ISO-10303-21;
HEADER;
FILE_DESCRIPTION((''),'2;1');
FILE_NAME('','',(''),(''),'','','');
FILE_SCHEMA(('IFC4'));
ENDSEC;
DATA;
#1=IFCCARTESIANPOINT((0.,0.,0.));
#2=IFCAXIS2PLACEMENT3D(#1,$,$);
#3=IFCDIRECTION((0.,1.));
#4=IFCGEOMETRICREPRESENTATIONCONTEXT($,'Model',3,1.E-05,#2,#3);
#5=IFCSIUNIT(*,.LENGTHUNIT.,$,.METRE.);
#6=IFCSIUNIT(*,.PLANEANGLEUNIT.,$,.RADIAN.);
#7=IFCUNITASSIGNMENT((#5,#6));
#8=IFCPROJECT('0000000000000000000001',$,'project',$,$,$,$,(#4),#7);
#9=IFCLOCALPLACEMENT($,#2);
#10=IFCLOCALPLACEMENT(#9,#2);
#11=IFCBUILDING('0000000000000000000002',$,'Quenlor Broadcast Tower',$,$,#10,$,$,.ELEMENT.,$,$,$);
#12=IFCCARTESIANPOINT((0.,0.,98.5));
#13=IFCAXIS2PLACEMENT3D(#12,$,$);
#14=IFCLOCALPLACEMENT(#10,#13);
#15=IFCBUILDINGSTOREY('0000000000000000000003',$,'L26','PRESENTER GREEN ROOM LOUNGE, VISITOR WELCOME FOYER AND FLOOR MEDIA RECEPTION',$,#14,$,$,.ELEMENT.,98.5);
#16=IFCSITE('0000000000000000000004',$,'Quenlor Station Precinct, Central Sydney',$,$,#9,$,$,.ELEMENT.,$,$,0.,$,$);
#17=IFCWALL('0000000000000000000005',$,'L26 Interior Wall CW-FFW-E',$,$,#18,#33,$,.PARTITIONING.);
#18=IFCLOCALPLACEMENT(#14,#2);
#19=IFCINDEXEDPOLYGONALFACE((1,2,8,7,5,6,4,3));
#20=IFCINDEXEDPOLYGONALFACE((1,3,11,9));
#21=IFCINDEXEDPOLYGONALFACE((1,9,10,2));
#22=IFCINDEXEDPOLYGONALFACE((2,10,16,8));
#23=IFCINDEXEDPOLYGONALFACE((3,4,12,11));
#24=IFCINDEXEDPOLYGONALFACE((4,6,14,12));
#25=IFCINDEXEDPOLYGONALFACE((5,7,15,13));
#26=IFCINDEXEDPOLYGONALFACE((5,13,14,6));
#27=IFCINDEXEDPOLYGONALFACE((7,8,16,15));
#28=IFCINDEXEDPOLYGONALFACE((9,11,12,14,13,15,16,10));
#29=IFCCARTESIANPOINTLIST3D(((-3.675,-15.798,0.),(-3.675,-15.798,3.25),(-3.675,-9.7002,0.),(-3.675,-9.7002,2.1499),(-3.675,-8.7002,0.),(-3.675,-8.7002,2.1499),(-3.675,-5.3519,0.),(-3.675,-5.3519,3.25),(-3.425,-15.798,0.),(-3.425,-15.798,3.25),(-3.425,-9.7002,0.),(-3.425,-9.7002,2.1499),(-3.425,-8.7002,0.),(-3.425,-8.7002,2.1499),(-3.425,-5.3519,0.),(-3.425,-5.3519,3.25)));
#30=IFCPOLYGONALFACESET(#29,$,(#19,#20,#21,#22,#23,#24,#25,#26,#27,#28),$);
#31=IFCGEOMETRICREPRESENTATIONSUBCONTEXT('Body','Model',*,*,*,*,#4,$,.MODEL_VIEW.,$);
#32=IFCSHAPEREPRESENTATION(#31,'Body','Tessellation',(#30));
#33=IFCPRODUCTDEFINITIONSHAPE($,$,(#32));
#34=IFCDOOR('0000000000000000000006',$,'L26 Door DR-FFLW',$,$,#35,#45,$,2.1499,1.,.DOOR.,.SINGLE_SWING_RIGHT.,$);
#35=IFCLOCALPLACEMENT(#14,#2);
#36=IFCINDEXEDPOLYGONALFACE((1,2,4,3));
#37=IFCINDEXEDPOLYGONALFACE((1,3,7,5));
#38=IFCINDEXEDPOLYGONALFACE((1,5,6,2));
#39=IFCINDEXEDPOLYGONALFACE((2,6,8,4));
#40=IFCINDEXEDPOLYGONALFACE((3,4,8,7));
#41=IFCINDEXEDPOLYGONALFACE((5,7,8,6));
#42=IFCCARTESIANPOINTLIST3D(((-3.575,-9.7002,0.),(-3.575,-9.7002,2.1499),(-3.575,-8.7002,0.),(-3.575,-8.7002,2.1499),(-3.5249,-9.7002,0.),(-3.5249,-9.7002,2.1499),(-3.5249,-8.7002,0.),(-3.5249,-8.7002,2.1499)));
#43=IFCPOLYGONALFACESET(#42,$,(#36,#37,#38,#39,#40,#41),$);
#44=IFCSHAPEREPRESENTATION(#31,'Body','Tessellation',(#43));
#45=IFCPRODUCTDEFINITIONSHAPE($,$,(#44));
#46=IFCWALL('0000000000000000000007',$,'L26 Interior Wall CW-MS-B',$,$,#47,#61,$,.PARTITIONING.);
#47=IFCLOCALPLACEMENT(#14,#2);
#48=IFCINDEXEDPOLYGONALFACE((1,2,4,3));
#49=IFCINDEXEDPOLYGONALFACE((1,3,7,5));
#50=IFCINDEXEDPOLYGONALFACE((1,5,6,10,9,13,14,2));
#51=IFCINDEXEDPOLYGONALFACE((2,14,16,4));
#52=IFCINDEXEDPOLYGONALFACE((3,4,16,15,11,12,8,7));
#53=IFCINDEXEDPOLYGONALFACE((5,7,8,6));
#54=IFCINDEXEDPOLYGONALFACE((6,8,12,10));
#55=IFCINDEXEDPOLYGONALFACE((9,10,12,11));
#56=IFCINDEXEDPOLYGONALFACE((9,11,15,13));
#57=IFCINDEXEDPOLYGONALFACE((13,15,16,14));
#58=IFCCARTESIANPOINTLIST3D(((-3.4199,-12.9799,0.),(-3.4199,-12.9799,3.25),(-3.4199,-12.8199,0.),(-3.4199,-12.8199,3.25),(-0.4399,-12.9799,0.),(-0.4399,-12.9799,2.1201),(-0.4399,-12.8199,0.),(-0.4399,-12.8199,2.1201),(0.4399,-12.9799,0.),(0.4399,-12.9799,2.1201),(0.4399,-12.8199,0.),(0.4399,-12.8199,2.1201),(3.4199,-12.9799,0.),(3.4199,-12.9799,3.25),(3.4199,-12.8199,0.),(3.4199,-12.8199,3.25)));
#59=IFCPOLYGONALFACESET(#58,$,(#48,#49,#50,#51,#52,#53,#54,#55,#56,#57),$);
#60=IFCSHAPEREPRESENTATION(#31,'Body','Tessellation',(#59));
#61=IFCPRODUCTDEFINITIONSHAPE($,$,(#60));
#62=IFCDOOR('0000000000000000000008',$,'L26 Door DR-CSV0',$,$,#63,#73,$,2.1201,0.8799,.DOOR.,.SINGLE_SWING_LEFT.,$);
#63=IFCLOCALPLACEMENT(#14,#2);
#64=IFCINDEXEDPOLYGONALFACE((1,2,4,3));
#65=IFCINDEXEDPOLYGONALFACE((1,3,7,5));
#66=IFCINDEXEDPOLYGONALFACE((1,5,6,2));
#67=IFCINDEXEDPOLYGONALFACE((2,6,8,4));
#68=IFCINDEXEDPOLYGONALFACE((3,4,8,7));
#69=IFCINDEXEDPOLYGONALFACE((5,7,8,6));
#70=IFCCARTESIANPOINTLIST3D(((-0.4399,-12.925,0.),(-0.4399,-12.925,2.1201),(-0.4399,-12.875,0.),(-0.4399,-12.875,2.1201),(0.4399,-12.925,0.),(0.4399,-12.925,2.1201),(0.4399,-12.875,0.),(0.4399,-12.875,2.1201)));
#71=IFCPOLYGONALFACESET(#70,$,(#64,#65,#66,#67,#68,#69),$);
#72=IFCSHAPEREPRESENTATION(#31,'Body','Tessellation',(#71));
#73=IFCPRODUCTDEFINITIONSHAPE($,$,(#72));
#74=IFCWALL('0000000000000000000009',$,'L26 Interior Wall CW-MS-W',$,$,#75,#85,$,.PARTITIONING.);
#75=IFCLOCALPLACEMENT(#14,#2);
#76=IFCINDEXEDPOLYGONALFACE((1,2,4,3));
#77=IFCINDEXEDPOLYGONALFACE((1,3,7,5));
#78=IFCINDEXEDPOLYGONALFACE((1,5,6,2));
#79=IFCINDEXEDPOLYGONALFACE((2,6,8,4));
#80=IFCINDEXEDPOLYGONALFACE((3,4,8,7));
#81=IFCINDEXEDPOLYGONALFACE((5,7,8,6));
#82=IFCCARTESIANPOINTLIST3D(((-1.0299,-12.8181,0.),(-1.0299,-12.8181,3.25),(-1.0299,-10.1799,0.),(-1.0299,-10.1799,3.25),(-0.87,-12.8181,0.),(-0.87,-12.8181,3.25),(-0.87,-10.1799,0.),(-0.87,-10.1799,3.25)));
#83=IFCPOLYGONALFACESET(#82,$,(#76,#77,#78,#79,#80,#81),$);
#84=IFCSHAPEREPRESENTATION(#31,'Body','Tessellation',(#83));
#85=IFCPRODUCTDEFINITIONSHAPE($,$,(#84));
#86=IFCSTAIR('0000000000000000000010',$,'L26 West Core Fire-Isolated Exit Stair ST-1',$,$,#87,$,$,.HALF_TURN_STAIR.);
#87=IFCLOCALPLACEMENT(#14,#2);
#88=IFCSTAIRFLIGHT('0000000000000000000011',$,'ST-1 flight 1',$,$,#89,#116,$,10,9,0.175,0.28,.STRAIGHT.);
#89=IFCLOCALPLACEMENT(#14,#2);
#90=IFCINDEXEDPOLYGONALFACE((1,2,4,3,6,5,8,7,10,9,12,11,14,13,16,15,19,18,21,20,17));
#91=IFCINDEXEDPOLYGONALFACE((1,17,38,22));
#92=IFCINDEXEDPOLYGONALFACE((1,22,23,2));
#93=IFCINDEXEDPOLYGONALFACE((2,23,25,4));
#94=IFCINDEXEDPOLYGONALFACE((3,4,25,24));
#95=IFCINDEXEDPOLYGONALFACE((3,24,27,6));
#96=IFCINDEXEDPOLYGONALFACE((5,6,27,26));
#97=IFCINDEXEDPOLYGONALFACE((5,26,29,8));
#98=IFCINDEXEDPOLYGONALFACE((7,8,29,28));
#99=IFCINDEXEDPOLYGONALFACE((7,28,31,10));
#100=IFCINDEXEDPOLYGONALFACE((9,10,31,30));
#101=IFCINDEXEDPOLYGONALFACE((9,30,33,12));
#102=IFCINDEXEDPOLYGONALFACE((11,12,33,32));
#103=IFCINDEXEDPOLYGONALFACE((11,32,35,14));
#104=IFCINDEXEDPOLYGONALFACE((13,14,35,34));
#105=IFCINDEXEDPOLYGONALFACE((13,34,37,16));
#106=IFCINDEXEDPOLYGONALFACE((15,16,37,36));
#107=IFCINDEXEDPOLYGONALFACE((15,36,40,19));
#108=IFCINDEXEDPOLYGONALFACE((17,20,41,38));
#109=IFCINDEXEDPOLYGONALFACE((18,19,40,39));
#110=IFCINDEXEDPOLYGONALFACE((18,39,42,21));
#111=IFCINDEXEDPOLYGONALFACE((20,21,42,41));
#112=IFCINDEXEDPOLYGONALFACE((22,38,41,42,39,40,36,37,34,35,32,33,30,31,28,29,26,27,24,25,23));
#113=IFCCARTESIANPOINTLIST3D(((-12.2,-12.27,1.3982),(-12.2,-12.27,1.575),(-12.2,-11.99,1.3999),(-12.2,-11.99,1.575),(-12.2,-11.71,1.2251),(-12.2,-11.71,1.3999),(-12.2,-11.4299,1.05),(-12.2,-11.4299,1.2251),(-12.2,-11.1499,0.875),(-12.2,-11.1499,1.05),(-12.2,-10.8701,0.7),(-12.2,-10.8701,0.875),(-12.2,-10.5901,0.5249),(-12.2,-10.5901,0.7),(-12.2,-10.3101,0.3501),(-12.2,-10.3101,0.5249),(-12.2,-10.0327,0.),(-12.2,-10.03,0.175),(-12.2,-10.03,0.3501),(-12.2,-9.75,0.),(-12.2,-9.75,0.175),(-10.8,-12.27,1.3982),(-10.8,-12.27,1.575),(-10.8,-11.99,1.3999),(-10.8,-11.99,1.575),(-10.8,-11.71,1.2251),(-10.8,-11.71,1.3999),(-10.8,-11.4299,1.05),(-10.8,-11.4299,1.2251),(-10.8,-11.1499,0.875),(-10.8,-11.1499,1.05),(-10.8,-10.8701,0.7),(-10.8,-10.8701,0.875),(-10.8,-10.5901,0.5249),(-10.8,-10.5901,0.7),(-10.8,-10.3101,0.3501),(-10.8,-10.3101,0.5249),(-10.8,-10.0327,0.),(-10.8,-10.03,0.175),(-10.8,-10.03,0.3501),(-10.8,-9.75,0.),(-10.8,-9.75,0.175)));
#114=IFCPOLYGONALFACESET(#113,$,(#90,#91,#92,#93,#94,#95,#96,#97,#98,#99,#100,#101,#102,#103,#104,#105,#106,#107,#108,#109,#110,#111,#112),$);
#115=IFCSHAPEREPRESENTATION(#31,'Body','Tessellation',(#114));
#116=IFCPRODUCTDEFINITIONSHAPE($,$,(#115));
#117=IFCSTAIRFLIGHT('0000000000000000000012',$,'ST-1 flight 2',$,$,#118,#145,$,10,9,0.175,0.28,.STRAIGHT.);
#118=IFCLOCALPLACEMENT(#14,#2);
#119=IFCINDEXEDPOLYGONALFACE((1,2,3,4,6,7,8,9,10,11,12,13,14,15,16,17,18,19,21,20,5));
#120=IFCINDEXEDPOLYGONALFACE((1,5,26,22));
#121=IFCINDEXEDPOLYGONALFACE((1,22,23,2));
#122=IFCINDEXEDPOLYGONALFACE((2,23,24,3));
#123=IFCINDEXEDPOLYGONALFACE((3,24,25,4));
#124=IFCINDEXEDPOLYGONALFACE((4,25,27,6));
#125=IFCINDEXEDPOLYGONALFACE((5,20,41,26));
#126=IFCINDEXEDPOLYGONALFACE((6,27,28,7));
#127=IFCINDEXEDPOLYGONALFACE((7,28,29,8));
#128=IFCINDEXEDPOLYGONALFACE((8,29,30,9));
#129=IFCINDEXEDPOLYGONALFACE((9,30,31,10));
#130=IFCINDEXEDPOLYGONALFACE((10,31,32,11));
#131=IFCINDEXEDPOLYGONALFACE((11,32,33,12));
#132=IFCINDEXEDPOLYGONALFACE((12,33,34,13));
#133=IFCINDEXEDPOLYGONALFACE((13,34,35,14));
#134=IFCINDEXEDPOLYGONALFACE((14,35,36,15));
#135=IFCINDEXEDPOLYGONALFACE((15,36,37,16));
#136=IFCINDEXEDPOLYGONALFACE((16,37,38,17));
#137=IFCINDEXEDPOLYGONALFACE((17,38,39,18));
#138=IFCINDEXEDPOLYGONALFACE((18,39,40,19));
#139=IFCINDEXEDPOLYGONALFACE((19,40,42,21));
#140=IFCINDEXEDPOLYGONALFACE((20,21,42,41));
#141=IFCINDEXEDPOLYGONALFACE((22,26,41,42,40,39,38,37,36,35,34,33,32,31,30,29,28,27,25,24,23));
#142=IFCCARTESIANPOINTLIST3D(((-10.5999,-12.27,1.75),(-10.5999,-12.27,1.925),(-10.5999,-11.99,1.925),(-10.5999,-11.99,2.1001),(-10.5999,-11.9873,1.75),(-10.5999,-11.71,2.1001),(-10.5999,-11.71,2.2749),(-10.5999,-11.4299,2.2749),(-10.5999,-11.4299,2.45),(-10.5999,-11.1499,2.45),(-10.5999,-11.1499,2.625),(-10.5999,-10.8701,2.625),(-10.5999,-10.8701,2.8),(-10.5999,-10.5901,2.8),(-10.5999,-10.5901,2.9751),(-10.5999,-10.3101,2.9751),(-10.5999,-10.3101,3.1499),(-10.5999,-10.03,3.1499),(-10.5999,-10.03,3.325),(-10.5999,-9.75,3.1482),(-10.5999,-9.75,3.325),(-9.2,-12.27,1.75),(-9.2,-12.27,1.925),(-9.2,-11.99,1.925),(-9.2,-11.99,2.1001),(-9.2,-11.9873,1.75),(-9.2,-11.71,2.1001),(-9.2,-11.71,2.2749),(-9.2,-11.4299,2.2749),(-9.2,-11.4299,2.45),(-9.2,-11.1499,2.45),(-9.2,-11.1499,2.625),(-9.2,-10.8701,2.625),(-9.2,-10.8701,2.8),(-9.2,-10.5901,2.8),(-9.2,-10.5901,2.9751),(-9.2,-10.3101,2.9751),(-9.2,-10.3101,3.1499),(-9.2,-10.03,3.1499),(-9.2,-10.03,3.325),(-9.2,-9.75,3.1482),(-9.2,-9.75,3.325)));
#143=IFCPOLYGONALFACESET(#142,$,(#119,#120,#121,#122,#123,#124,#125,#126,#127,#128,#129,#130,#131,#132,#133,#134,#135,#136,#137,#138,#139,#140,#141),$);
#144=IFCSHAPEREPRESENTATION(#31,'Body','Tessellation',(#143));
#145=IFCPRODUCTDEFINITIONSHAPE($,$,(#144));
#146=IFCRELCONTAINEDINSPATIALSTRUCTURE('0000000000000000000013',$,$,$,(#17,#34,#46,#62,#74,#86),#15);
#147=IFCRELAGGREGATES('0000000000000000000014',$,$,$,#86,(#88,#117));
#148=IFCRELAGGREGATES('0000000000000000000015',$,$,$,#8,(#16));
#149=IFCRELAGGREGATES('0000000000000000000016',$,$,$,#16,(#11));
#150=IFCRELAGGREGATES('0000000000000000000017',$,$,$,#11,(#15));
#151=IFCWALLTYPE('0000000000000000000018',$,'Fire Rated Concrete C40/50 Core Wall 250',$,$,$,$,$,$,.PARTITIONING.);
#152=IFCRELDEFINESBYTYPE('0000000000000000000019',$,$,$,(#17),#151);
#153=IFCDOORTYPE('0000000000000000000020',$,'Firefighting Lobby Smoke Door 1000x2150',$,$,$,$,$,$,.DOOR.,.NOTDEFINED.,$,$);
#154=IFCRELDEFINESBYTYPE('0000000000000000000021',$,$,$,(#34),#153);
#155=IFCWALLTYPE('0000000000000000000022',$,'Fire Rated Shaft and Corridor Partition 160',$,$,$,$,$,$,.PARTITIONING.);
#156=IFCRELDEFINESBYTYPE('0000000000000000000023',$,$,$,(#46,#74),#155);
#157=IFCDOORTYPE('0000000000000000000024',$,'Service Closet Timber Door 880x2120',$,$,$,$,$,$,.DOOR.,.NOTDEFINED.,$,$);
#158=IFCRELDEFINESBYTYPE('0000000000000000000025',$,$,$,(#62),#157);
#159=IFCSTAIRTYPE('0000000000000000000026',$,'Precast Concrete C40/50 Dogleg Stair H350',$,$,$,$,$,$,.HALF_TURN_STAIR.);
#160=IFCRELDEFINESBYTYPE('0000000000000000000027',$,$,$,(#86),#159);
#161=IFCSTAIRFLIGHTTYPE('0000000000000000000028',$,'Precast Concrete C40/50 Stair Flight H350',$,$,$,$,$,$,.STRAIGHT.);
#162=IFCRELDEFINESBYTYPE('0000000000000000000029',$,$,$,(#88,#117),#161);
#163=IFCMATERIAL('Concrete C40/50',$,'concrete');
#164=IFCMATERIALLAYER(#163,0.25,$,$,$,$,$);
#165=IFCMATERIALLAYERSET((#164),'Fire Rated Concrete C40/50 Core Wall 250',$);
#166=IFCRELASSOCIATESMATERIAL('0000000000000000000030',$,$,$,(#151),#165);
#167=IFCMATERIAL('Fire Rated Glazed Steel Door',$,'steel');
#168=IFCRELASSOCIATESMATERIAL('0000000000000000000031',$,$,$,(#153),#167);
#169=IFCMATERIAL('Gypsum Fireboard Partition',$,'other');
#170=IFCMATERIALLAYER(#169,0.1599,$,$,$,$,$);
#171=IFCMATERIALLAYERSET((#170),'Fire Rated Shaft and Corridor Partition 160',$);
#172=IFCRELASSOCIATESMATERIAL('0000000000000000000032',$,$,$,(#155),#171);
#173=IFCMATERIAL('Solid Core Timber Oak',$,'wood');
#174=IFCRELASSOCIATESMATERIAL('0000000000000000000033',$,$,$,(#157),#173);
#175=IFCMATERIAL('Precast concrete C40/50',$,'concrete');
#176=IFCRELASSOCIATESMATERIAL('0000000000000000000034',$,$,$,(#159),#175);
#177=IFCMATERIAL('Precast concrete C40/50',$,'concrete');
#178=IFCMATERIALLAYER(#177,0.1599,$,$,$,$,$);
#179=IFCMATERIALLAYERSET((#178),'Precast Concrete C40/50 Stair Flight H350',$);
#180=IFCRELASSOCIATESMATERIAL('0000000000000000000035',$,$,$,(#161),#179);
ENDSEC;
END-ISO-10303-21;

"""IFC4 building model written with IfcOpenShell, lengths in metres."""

from ifc_helpers import new_model, si_unit, direction, frame, frame_2d, origin, place, context, subcontext, project, spatial, polyline, rectangle, outline, extrude, material, layer, layer_set, type_object, element, fill, aggregate, save


model = new_model("IFC4")

# Units and contexts
model_context = context("Model", 3, precision=1e-05, world=origin(), true_north=direction((0.0, 1.0)))
body_context = subcontext(model_context, "Body", "Model", "MODEL_VIEW")
ifc_project = project(units=[si_unit("LENGTHUNIT", "METRE"), si_unit("PLANEANGLEUNIT", "RADIAN")], contexts=[model_context])

# Site, building, storey
site_placement = place(None, origin())
site = spatial("IfcSite", under=ifc_project, at=site_placement, Name="Quenlor Station Precinct, Central Sydney", CompositionType="ELEMENT", RefElevation=0.0)
building_placement = place(site_placement, origin())
building = spatial("IfcBuilding", under=site, at=building_placement, Name="Quenlor Broadcast Tower", CompositionType="ELEMENT")
storey_placement = place(building_placement, frame((0.0, 0.0, 98.5)))
storey = spatial("IfcBuildingStorey", under=building, at=storey_placement, Name="L26", Description="PRESENTER GREEN ROOM LOUNGE, VISITOR WELCOME FOYER AND FLOOR MEDIA RECEPTION", CompositionType="ELEMENT", Elevation=98.5)

# Shared definitions
ifc_material_1 = material(Name="Concrete C40/50", Category="concrete")
ifc_layer_1 = layer(ifc_material_1, 0.25)
ifc_layer_set_1 = layer_set([ifc_layer_1], Name="Fire Rated Concrete C40/50 Core Wall 250")
wall_type_1 = type_object("IfcWallType", Name="Fire Rated Concrete C40/50 Core Wall 250", PredefinedType="PARTITIONING", material=ifc_layer_set_1)

# Walls, openings, doors
wall_1_placement = place(storey_placement, frame((-3.55, -15.7981, 0.0), z_axis=(0.0, 0.0, 1.0), x_axis=(0.0, 1.0, 0.0)))
wall_1 = element("IfcWall", 1, at=wall_1_placement, inside=storey, type_object=wall_type_1, Name="L26 Interior Wall CW-FFW-E", PredefinedType="PARTITIONING", context=body_context, shape_type="SweptSolid", body=[
    extrude(rectangle(XDim=10.446, YDim=0.25, at=frame_2d((5.2231, 0.0))), origin(), (0.0, 0.0, 1.0), 3.25),
])
opening_1_placement = place(wall_1_placement, frame((6.0979, 0.0, 0.0)))
opening_1 = element("IfcOpeningElement", 2, at=opening_1_placement, cuts=wall_1, PredefinedType="OPENING", context=body_context, shape_type="SweptSolid", body=[
    extrude(rectangle(XDim=1.0, YDim=2.1499, at=frame_2d((0.5, 1.075))), frame((0.0, 0.135, 0.0), z_axis=(0.0, -1.0, 0.0), x_axis=(1.0, 0.0, 0.0)), (0.0, 0.0, 1.0), 0.27),
])
ifc_material_2 = material(Name="Fire Rated Glazed Steel Door", Category="steel")
door_type_1 = type_object("IfcDoorType", Name="Firefighting Lobby Smoke Door 1000x2150", OperationType="NOTDEFINED", PredefinedType="DOOR", material=ifc_material_2)
door_1_placement = place(opening_1_placement, origin())
door_1 = element("IfcDoor", 3, at=door_1_placement, inside=storey, type_object=door_type_1, Name="L26 Door DR-FFLW", OperationType="SINGLE_SWING_RIGHT", OverallHeight=2.1499, OverallWidth=1.0, PredefinedType="DOOR", context=body_context, shape_type="SweptSolid", body=[
    extrude(rectangle(XDim=1.0, YDim=2.1499, at=frame_2d((0.5, 1.075))), frame((0.0, 0.0249, 0.0), z_axis=(0.0, -1.0, 0.0), x_axis=(1.0, 0.0, 0.0)), (0.0, 0.0, 1.0), 0.05),
])
fill(opening_1, door_1)
ifc_material_3 = material(Name="Gypsum Fireboard Partition", Category="other")
ifc_layer_2 = layer(ifc_material_3, 0.1599)
ifc_layer_set_2 = layer_set([ifc_layer_2], Name="Fire Rated Shaft and Corridor Partition 160")
wall_type_2 = type_object("IfcWallType", Name="Fire Rated Shaft and Corridor Partition 160", PredefinedType="PARTITIONING", material=ifc_layer_set_2)
wall_2_placement = place(storey_placement, frame((-3.4199, -12.8999, 0.0), z_axis=(0.0, 0.0, 1.0), x_axis=(1.0, 0.0, 0.0)))
wall_2 = element("IfcWall", 4, at=wall_2_placement, inside=storey, type_object=wall_type_2, Name="L26 Interior Wall CW-MS-B", PredefinedType="PARTITIONING", context=body_context, shape_type="SweptSolid", body=[
    extrude(rectangle(XDim=6.8398, YDim=0.1599, at=frame_2d((3.4199, 0.0))), origin(), (0.0, 0.0, 1.0), 3.25),
])
opening_2_placement = place(wall_2_placement, frame((2.98, 0.0, 0.0)))
opening_2 = element("IfcOpeningElement", 5, at=opening_2_placement, cuts=wall_2, PredefinedType="OPENING", context=body_context, shape_type="SweptSolid", body=[
    extrude(rectangle(XDim=0.8799, YDim=2.1201, at=frame_2d((0.4399, 1.0601))), frame((0.0, 0.0898, 0.0), z_axis=(0.0, -1.0, 0.0), x_axis=(1.0, 0.0, 0.0)), (0.0, 0.0, 1.0), 0.1799),
])
ifc_material_4 = material(Name="Solid Core Timber Oak", Category="wood")
door_type_2 = type_object("IfcDoorType", Name="Service Closet Timber Door 880x2120", OperationType="NOTDEFINED", PredefinedType="DOOR", material=ifc_material_4)
door_2_placement = place(opening_2_placement, origin())
door_2 = element("IfcDoor", 6, at=door_2_placement, inside=storey, type_object=door_type_2, Name="L26 Door DR-CSV0", OperationType="SINGLE_SWING_LEFT", OverallHeight=2.1201, OverallWidth=0.8799, PredefinedType="DOOR", context=body_context, shape_type="SweptSolid", body=[
    extrude(rectangle(XDim=0.8799, YDim=2.1201, at=frame_2d((0.4399, 1.0601))), frame((0.0, 0.0249, 0.0), z_axis=(0.0, -1.0, 0.0), x_axis=(1.0, 0.0, 0.0)), (0.0, 0.0, 1.0), 0.05),
])
fill(opening_2, door_2)

# Wall
wall_3_placement = place(storey_placement, frame((-0.95, -12.8181, 0.0), z_axis=(0.0, 0.0, 1.0), x_axis=(0.0, 1.0, 0.0)))
element("IfcWall", 7, at=wall_3_placement, inside=storey, type_object=wall_type_2, Name="L26 Interior Wall CW-MS-W", PredefinedType="PARTITIONING", context=body_context, shape_type="SweptSolid", body=[
    extrude(rectangle(XDim=2.6382, YDim=0.1599, at=frame_2d((1.3191, 0.0))), origin(), (0.0, 0.0, 1.0), 3.25),
])

# Stair, stair flights
ifc_material_5 = material(Name="Precast concrete C40/50", Category="concrete")
stair_type = type_object("IfcStairType", Name="Precast Concrete C40/50 Dogleg Stair H350", PredefinedType="HALF_TURN_STAIR", material=ifc_material_5)
stair_placement = place(storey_placement, origin())
stair = element("IfcStair", 8, at=stair_placement, inside=storey, type_object=stair_type, Name="L26 West Core Fire-Isolated Exit Stair ST-1", PredefinedType="HALF_TURN_STAIR")
ifc_material_6 = material(Name="Precast concrete C40/50", Category="concrete")
ifc_layer_3 = layer(ifc_material_6, 0.1599)
ifc_layer_set_3 = layer_set([ifc_layer_3], Name="Precast Concrete C40/50 Stair Flight H350")
stair_flight_type = type_object("IfcStairFlightType", Name="Precast Concrete C40/50 Stair Flight H350", PredefinedType="STRAIGHT", material=ifc_layer_set_3)
stair_flight_1_placement = place(storey_placement, frame((-11.5, -9.75, 0.0), z_axis=(0.0, 0.0, 1.0), x_axis=(0.0, -1.0, 0.0)))
stair_flight_1 = element("IfcStairFlight", 9, at=stair_flight_1_placement, type_object=stair_flight_type, Name="ST-1 flight 1", NumberOfRisers=10, NumberOfTreads=9, PredefinedType="STRAIGHT", RiserHeight=0.175, TreadLength=0.28, context=body_context, shape_type="SweptSolid", body=[
    extrude(outline(polyline([(0.0, 0.0), (0.0, 0.175), (0.28, 0.175), (0.28, 0.3501), (0.5601, 0.3501), (0.5601, 0.5249), (0.8401, 0.5249), (0.8401, 0.7), (1.1201, 0.7), (1.1201, 0.875), (1.3999, 0.875), (1.3999, 1.05), (1.6799, 1.05), (1.6799, 1.2251), (1.96, 1.2251), (1.96, 1.3999), (2.24, 1.3999), (2.24, 1.575), (2.52, 1.575), (2.52, 1.75), (2.52, 1.3982), (0.2827, 0.0), (0.0, 0.0)])), frame((0.0, 0.7, 0.0), z_axis=(0.0, -1.0, 0.0), x_axis=(1.0, 0.0, 0.0)), (0.0, 0.0, 1.0), 1.3999),
])
stair_flight_2_placement = place(storey_placement, frame((-9.8999, -12.27, 1.75), z_axis=(0.0, 0.0, 1.0), x_axis=(0.0, 1.0, 0.0)))
stair_flight_2 = element("IfcStairFlight", 10, at=stair_flight_2_placement, type_object=stair_flight_type, Name="ST-1 flight 2", NumberOfRisers=10, NumberOfTreads=9, PredefinedType="STRAIGHT", RiserHeight=0.175, TreadLength=0.28, context=body_context, shape_type="SweptSolid", body=[
    extrude(outline(polyline([(0.0, 0.0), (0.0, 0.175), (0.28, 0.175), (0.28, 0.3501), (0.5601, 0.3501), (0.5601, 0.5249), (0.8401, 0.5249), (0.8401, 0.7), (1.1201, 0.7), (1.1201, 0.875), (1.3999, 0.875), (1.3999, 1.05), (1.6799, 1.05), (1.6799, 1.2251), (1.96, 1.2251), (1.96, 1.3999), (2.24, 1.3999), (2.24, 1.575), (2.52, 1.575), (2.52, 1.75), (2.52, 1.3982), (0.2827, 0.0), (0.0, 0.0)])), frame((0.0, 0.7, 0.0), z_axis=(0.0, -1.0, 0.0), x_axis=(1.0, 0.0, 0.0)), (0.0, 0.0, 1.0), 1.3999),
])
aggregate(stair, [stair_flight_1, stair_flight_2])

save(model, "model.ifc")
